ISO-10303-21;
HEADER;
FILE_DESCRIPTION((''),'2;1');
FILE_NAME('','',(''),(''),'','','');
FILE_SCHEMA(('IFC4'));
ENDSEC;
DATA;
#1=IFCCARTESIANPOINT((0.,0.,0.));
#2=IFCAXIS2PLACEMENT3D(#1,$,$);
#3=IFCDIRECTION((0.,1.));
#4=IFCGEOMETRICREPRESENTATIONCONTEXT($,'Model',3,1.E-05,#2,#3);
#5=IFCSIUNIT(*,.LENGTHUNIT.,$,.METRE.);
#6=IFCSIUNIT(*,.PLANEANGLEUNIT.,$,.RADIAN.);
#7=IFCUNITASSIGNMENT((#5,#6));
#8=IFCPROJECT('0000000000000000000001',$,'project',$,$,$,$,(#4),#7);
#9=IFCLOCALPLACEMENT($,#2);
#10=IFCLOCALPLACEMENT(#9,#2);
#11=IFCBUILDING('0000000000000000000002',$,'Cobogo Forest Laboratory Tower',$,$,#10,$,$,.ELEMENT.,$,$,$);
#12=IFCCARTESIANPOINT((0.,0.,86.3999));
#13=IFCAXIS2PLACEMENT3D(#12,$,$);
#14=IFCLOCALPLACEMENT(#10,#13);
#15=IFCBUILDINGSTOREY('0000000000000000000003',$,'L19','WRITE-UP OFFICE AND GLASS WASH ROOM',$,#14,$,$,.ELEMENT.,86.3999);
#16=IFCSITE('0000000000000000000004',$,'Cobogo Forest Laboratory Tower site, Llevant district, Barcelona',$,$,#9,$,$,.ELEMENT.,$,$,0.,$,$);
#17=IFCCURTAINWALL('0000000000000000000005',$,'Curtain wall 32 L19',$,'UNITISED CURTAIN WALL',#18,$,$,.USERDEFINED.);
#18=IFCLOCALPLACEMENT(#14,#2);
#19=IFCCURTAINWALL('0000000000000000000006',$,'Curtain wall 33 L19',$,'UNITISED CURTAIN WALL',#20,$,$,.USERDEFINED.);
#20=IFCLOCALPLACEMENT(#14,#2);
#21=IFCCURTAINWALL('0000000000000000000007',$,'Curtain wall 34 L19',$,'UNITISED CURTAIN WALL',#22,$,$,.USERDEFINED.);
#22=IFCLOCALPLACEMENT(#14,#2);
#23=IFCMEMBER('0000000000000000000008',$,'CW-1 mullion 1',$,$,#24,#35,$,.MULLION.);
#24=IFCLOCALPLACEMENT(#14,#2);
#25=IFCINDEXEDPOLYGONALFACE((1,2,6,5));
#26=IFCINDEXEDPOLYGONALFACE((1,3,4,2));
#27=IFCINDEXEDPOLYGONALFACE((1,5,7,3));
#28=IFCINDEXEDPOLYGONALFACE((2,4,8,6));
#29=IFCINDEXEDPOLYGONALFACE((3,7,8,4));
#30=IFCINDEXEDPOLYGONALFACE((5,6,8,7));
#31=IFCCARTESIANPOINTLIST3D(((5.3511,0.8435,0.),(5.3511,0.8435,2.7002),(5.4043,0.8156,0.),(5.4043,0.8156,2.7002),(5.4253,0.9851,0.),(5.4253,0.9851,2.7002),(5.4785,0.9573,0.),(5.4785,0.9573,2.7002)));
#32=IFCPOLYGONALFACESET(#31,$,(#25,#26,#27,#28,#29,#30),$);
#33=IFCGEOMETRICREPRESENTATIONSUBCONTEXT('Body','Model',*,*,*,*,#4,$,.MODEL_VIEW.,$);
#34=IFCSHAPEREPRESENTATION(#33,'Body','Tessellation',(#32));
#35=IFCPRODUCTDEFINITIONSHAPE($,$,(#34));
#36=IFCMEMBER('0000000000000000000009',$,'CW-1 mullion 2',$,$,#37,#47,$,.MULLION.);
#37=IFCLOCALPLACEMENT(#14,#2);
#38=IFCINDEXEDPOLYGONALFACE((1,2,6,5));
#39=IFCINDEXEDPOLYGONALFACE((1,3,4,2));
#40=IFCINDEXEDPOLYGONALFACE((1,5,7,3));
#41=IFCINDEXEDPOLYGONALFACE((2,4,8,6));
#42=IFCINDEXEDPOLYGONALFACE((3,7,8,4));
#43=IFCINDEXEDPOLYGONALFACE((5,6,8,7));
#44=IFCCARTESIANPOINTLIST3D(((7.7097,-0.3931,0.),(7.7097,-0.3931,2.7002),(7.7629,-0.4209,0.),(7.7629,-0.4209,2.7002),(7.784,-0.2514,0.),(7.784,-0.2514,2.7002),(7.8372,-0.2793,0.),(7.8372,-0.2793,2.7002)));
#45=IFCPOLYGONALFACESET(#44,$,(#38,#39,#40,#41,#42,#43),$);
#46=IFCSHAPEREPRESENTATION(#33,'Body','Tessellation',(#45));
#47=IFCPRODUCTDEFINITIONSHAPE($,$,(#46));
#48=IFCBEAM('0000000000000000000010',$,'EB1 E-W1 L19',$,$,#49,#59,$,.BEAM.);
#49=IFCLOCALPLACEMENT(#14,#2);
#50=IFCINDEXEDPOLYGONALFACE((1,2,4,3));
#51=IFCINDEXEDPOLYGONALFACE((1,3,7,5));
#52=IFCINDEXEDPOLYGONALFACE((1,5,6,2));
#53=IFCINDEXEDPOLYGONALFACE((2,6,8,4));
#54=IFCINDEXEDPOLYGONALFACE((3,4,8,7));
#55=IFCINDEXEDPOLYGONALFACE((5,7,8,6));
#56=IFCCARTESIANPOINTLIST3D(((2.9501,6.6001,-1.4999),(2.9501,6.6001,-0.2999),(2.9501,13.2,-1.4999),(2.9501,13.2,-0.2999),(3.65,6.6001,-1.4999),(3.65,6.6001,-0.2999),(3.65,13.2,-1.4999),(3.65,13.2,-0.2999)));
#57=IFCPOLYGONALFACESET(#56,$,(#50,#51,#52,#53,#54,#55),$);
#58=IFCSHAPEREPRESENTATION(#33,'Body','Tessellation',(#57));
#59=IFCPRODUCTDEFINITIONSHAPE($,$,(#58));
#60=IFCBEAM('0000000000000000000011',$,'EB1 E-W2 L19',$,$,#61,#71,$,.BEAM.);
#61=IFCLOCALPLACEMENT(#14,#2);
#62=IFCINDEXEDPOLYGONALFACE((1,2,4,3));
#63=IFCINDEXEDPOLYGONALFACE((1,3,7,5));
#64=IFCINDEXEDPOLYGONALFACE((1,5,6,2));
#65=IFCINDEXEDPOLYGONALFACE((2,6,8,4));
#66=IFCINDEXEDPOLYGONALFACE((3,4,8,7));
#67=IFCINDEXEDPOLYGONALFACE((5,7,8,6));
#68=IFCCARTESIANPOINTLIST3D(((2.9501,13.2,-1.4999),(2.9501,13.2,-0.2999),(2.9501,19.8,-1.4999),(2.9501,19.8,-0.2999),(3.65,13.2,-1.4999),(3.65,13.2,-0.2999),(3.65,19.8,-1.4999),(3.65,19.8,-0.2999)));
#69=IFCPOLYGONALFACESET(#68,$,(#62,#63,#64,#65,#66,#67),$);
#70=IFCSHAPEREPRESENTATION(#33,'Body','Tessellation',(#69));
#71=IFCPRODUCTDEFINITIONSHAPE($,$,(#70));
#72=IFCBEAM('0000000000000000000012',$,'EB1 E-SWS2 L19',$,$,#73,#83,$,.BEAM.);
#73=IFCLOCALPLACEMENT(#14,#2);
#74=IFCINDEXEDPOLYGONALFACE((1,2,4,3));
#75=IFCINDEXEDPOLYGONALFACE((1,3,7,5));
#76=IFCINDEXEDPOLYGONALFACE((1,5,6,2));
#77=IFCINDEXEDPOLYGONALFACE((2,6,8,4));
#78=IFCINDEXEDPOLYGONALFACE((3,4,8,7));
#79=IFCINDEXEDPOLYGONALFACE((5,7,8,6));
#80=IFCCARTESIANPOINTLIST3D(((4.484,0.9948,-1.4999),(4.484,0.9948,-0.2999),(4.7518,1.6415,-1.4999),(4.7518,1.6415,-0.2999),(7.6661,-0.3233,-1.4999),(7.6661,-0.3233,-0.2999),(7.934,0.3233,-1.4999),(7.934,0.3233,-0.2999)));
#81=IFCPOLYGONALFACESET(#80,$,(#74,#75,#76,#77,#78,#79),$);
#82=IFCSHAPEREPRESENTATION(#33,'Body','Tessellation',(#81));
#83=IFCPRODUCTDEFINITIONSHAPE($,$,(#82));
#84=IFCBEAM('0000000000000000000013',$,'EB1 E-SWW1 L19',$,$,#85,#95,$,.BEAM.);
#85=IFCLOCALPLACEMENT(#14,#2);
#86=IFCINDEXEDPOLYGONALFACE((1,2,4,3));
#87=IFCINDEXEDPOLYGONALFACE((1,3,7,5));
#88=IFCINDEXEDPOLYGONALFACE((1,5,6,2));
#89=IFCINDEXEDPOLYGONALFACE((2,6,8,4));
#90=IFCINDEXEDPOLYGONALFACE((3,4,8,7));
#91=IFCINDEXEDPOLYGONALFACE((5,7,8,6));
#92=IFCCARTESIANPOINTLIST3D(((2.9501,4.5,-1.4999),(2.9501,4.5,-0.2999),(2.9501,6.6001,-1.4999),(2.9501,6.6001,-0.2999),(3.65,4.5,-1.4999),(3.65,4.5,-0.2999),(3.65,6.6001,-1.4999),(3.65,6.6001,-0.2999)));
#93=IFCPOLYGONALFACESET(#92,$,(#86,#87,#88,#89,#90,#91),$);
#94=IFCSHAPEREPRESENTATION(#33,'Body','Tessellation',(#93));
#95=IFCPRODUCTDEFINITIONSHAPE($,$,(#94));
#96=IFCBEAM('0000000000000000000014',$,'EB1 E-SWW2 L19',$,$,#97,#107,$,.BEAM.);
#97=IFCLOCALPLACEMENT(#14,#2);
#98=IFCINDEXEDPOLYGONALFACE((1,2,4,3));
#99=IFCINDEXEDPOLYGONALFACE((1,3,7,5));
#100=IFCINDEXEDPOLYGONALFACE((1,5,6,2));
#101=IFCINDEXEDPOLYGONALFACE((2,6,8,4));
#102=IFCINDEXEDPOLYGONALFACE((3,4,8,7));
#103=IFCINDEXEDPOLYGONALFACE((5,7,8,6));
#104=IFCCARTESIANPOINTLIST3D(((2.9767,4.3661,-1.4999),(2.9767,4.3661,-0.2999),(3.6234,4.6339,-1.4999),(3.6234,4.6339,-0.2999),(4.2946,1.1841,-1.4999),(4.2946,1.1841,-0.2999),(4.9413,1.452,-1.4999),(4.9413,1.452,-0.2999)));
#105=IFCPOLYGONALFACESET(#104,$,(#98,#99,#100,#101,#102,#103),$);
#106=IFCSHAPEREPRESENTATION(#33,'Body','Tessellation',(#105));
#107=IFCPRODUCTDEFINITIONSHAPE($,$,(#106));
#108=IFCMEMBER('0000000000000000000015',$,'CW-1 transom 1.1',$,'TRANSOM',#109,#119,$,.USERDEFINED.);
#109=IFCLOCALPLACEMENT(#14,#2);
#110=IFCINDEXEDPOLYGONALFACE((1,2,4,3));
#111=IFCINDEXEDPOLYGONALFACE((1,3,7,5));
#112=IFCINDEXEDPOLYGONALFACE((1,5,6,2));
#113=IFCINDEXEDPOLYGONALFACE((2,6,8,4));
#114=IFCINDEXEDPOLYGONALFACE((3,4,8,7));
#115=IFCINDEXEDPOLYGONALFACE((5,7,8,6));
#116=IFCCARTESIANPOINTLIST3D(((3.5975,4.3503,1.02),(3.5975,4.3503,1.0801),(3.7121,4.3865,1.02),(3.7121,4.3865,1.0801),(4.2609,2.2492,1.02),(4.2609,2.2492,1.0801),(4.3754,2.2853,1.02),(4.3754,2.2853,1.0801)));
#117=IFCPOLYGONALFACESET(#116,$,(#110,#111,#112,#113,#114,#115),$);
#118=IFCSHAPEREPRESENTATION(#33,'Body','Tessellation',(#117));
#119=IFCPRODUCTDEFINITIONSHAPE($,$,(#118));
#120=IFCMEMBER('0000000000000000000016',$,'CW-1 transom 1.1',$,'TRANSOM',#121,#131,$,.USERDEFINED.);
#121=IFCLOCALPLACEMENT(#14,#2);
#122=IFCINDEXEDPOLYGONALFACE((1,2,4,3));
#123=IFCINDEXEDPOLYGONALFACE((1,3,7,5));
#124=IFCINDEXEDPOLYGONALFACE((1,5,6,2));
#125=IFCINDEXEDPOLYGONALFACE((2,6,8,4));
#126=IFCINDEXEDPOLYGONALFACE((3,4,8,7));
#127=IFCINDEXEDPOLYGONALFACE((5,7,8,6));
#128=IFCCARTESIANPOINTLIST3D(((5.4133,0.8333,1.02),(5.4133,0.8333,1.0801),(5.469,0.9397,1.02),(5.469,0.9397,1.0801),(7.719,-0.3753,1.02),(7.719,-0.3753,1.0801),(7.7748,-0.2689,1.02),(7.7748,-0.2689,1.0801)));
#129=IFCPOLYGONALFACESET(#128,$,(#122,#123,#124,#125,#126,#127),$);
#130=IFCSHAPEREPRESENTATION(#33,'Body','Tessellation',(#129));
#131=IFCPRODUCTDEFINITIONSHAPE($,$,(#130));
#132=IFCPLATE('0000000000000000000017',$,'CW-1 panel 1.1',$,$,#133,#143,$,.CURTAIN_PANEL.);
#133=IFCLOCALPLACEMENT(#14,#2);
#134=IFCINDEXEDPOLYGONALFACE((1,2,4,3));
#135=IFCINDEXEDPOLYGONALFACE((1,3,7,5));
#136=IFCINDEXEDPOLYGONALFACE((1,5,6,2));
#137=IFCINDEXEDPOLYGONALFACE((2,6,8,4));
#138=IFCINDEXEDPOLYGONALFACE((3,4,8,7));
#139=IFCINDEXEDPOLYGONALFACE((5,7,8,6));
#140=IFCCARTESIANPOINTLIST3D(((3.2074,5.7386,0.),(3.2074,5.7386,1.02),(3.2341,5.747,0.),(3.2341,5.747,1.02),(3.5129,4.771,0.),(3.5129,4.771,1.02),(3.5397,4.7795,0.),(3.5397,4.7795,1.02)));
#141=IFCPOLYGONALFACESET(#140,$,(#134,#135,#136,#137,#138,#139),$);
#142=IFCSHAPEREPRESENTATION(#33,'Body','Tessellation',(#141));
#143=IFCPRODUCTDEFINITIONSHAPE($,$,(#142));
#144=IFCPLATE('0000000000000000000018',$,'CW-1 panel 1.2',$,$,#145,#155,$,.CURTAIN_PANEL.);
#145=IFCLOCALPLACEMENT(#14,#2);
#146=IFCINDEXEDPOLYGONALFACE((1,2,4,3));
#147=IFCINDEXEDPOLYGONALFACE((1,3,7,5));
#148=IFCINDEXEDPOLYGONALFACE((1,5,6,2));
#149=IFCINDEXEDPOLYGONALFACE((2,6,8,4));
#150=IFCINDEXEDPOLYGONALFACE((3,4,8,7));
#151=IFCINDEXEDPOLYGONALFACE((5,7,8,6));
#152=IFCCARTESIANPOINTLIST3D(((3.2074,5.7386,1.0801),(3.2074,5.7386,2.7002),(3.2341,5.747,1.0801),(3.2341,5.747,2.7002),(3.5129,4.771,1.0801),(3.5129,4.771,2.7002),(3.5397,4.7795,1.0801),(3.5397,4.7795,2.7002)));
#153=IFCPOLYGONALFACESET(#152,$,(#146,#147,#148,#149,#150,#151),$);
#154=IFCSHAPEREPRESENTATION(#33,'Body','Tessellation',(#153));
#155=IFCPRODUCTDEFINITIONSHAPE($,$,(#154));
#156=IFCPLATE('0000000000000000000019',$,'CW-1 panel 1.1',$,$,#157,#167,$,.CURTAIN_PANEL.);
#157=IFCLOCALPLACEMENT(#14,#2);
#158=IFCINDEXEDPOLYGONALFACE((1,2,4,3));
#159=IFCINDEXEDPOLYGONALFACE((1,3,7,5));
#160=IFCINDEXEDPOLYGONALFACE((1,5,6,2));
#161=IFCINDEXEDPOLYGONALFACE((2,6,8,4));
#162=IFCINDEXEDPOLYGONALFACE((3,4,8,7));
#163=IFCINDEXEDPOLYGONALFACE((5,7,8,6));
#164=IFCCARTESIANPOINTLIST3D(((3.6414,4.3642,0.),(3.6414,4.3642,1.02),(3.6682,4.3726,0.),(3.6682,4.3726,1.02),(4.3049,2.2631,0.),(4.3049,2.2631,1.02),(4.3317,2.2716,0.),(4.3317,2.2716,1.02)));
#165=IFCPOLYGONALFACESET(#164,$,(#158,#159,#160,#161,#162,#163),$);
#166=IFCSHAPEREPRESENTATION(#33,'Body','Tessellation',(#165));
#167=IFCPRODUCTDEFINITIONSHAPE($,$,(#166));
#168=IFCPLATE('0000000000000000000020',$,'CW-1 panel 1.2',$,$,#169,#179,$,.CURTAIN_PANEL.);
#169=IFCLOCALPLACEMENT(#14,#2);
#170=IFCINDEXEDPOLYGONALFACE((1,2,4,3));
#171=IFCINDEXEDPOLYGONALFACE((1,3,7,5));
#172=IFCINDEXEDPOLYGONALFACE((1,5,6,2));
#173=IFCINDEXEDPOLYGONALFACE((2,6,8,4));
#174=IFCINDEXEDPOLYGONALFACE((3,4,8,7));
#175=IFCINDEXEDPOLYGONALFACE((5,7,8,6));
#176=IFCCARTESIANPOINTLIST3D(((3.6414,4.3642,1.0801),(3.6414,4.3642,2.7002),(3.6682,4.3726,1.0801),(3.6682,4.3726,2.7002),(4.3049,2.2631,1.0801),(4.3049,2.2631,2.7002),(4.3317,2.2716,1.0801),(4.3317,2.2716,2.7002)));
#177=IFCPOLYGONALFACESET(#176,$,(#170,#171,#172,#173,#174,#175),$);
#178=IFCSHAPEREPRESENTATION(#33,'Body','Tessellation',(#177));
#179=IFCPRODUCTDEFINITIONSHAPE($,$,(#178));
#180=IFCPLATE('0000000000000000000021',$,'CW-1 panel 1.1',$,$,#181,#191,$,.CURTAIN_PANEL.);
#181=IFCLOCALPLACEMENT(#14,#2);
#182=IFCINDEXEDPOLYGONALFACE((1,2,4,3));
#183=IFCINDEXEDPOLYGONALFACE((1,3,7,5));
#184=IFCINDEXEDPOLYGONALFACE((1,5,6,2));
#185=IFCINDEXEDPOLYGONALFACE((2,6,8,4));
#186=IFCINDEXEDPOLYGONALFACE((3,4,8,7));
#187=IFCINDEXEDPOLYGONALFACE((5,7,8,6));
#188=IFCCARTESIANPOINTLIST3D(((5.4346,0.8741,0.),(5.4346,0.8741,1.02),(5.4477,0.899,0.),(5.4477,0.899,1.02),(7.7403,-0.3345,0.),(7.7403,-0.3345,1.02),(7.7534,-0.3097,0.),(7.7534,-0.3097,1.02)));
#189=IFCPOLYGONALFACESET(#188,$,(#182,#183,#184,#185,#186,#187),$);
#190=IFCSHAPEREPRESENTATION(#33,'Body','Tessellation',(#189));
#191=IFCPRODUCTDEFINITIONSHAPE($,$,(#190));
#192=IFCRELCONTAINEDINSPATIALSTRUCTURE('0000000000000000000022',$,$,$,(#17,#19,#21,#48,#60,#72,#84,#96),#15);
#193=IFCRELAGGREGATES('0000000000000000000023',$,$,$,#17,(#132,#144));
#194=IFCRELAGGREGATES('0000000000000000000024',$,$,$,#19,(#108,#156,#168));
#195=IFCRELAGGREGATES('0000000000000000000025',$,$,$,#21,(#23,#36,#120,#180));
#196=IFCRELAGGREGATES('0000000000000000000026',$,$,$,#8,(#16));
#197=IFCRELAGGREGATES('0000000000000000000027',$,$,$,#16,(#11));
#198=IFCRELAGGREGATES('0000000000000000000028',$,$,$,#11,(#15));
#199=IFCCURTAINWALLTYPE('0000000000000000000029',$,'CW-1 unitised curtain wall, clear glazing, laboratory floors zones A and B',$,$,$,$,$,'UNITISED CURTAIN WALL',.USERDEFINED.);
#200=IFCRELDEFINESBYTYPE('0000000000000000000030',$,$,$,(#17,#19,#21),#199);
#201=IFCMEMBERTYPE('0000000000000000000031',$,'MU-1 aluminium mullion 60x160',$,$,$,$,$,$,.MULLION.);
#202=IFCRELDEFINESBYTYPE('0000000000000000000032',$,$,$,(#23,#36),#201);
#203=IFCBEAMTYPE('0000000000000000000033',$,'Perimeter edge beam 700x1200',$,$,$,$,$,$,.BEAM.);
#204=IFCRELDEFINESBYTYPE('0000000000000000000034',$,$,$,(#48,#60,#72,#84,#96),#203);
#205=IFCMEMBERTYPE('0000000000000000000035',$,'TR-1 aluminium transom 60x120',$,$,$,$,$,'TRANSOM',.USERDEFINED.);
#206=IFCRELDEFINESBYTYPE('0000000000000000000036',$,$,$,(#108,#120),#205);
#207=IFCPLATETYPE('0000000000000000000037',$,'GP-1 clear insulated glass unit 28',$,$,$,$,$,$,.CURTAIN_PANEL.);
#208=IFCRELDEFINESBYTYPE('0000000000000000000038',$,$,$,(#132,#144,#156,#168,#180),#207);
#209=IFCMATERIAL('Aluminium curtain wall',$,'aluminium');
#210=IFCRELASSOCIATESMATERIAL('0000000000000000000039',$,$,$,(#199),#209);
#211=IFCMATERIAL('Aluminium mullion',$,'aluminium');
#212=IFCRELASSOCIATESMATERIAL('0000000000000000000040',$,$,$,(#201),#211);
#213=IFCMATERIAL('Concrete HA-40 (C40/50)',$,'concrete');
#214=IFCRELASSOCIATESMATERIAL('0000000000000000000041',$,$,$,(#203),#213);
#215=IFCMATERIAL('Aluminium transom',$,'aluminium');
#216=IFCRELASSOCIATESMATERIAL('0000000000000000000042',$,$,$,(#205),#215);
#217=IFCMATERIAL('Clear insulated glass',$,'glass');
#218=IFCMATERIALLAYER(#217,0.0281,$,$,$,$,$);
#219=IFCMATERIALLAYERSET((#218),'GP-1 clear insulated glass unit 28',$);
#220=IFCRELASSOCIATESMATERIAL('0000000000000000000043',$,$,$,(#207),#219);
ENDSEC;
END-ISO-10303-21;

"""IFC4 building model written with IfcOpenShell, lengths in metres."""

from ifc_helpers import new_model, si_unit, direction, frame, origin, origin_2d, place, context, subcontext, project, spatial, rectangle, extrude, material, layer, layer_set, material_profile, profile_set, type_object, element, aggregate, save


model = new_model("IFC4")

# Units and contexts
model_context = context("Model", 3, precision=1e-05, world=origin(), true_north=direction((0.0, 1.0)))
body_context = subcontext(model_context, "Body", "Model", "MODEL_VIEW")
ifc_project = project(units=[si_unit("LENGTHUNIT", "METRE"), si_unit("PLANEANGLEUNIT", "RADIAN")], contexts=[model_context])

# Site, building, storey
site_placement = place(None, origin())
site = spatial("IfcSite", under=ifc_project, at=site_placement, Name="Cobogo Forest Laboratory Tower site, Llevant district, Barcelona", CompositionType="ELEMENT", RefElevation=0.0)
building_placement = place(site_placement, origin())
building = spatial("IfcBuilding", under=site, at=building_placement, Name="Cobogo Forest Laboratory Tower", CompositionType="ELEMENT")
storey_placement = place(building_placement, frame((0.0, 0.0, 86.3999)))
storey = spatial("IfcBuildingStorey", under=building, at=storey_placement, Name="L19", Description="WRITE-UP OFFICE AND GLASS WASH ROOM", CompositionType="ELEMENT", Elevation=86.3999)

# Shared definitions
ifc_material_1 = material(Name="Concrete HA-40 (C40/50)", Category="concrete")

# Curtain wall
ifc_material_2 = material(Name="Aluminium curtain wall", Category="aluminium")
curtain_wall_type = type_object("IfcCurtainWallType", Name="CW-1 unitised curtain wall, clear glazing, laboratory floors zones A and B", ElementType="UNITISED CURTAIN WALL", PredefinedType="USERDEFINED", material=ifc_material_2)
ifc_material_3 = material(Name="Aluminium mullion", Category="aluminium")
ifc_material_profile_1 = material_profile(ifc_material_3, rectangle(XDim=0.0601, YDim=0.1599, at=origin_2d()), Name="AL 60x160")
ifc_profile_set_1 = profile_set([ifc_material_profile_1], Name="Aluminium mullion")
member_type_1 = type_object("IfcMemberType", Name="MU-1 aluminium mullion 60x160", PredefinedType="MULLION", material=ifc_profile_set_1)
curtain_wall_1_placement = place(storey_placement, origin())
curtain_wall_1 = element("IfcCurtainWall", 1, at=curtain_wall_1_placement, inside=storey, type_object=curtain_wall_type, Name="Curtain wall 32 L19", ObjectType="UNITISED CURTAIN WALL", PredefinedType="USERDEFINED")

# Curtain walls, members
curtain_wall_2_placement = place(storey_placement, origin())
curtain_wall_2 = element("IfcCurtainWall", 2, at=curtain_wall_2_placement, inside=storey, type_object=curtain_wall_type, Name="Curtain wall 33 L19", ObjectType="UNITISED CURTAIN WALL", PredefinedType="USERDEFINED")
curtain_wall_3_placement = place(storey_placement, origin())
curtain_wall_3 = element("IfcCurtainWall", 3, at=curtain_wall_3_placement, inside=storey, type_object=curtain_wall_type, Name="Curtain wall 34 L19", ObjectType="UNITISED CURTAIN WALL", PredefinedType="USERDEFINED")
member_1_placement = place(storey_placement, frame((5.4148, 0.9004, 0.0), z_axis=(0.0, 0.0, 1.0), x_axis=(0.885687, -0.464284, 0.0)))
member_1 = element("IfcMember", 4, at=member_1_placement, type_object=member_type_1, Name="CW-1 mullion 1", PredefinedType="MULLION", context=body_context, shape_type="SweptSolid", body=[
    extrude(rectangle(XDim=0.0601, YDim=0.1599, at=origin_2d()), origin(), (0.0, 0.0, 1.0), 2.7002),
])
member_2_placement = place(storey_placement, frame((7.7734, -0.3362, 0.0), z_axis=(0.0, 0.0, 1.0), x_axis=(0.885687, -0.464284, 0.0)))
member_2 = element("IfcMember", 5, at=member_2_placement, type_object=member_type_1, Name="CW-1 mullion 2", PredefinedType="MULLION", context=body_context, shape_type="SweptSolid", body=[
    extrude(rectangle(XDim=0.0601, YDim=0.1599, at=origin_2d()), origin(), (0.0, 0.0, 1.0), 2.7002),
])

# Beams
ifc_material_profile_2 = material_profile(ifc_material_1, rectangle(XDim=0.7, YDim=1.2, at=origin_2d()), Name="RC 700x1200")
ifc_profile_set_2 = profile_set([ifc_material_profile_2], Name="Concrete HA-40 (C40/50)")
beam_type_1 = type_object("IfcBeamType", Name="Perimeter edge beam 700x1200", PredefinedType="BEAM", material=ifc_profile_set_2)
beam_1_placement = place(storey_placement, frame((3.3, 6.6001, -0.8999), z_axis=(0.0, 1.0, 0.0), x_axis=(-1.0, 0.0, 0.0)))
element("IfcBeam", 6, at=beam_1_placement, inside=storey, type_object=beam_type_1, Name="EB1 E-W1 L19", PredefinedType="BEAM", context=body_context, shape_type="SweptSolid", body=[
    extrude(rectangle(XDim=0.7, YDim=1.2, at=origin_2d()), origin(), (0.0, 0.0, 1.0), 6.5999),
])
beam_2_placement = place(storey_placement, frame((3.3, 13.2, -0.8999), z_axis=(0.0, 1.0, 0.0), x_axis=(-1.0, 0.0, 0.0)))
element("IfcBeam", 7, at=beam_2_placement, inside=storey, type_object=beam_type_1, Name="EB1 E-W2 L19", PredefinedType="BEAM", context=body_context, shape_type="SweptSolid", body=[
    extrude(rectangle(XDim=0.7, YDim=1.2, at=origin_2d()), origin(), (0.0, 0.0, 1.0), 6.6001),
])
beam_3_placement = place(storey_placement, frame((7.8, 0.0, -0.8999), z_axis=(-0.923876, 0.382692, 0.0), x_axis=(-0.382692, -0.923876, 0.0)))
element("IfcBeam", 8, at=beam_3_placement, inside=storey, type_object=beam_type_1, Name="EB1 E-SWS2 L19", PredefinedType="BEAM", context=body_context, shape_type="SweptSolid", body=[
    extrude(rectangle(XDim=0.7, YDim=1.2, at=origin_2d()), origin(), (0.0, 0.0, 1.0), 3.4443),
])
beam_4_placement = place(storey_placement, frame((3.3, 6.6001, -0.8999), z_axis=(0.0, -1.0, 0.0), x_axis=(1.0, 0.0, 0.0)))
element("IfcBeam", 9, at=beam_4_placement, inside=storey, type_object=beam_type_1, Name="EB1 E-SWW1 L19", PredefinedType="BEAM", context=body_context, shape_type="SweptSolid", body=[
    extrude(rectangle(XDim=0.7, YDim=1.2, at=origin_2d()), origin(), (0.0, 0.0, 1.0), 2.1001),
])
beam_5_placement = place(storey_placement, frame((3.3, 4.5, -0.8999), z_axis=(0.382656, -0.923891, 0.0), x_axis=(0.923891, 0.382656, 0.0)))
element("IfcBeam", 10, at=beam_5_placement, inside=storey, type_object=beam_type_1, Name="EB1 E-SWW2 L19", PredefinedType="BEAM", context=body_context, shape_type="SweptSolid", body=[
    extrude(rectangle(XDim=0.7, YDim=1.2, at=origin_2d()), origin(), (0.0, 0.0, 1.0), 3.4441),
])

# Members
ifc_material_4 = material(Name="Aluminium transom", Category="aluminium")
ifc_material_profile_3 = material_profile(ifc_material_4, rectangle(XDim=0.1201, YDim=0.0601, at=origin_2d()), Name="AL 60x120")
ifc_profile_set_3 = profile_set([ifc_material_profile_3], Name="Aluminium transom")
member_type_2 = type_object("IfcMemberType", Name="TR-1 aluminium transom 60x120", ElementType="TRANSOM", PredefinedType="USERDEFINED", material=ifc_profile_set_3)
member_3_placement = place(storey_placement, frame((3.6548, 4.3684, 1.05), z_axis=(0.301062, -0.953604, 0.0), x_axis=(0.953604, 0.301062, 0.0)))
member_3 = element("IfcMember", 11, at=member_3_placement, type_object=member_type_2, Name="CW-1 transom 1.1", ObjectType="TRANSOM", PredefinedType="USERDEFINED", context=body_context, shape_type="SweptSolid", body=[
    extrude(rectangle(XDim=0.1201, YDim=0.0601, at=origin_2d()), origin(), (0.0, 0.0, 1.0), 2.2034),
])
member_4_placement = place(storey_placement, frame((5.4412, 0.8865, 1.05), z_axis=(0.88571, -0.464238, 0.0), x_axis=(0.464238, 0.88571, 0.0)))
member_4 = element("IfcMember", 12, at=member_4_placement, type_object=member_type_2, Name="CW-1 transom 1.1", ObjectType="TRANSOM", PredefinedType="USERDEFINED", context=body_context, shape_type="SweptSolid", body=[
    extrude(rectangle(XDim=0.1201, YDim=0.0601, at=origin_2d()), origin(), (0.0, 0.0, 1.0), 2.6033),
])

# Plates
ifc_material_5 = material(Name="Clear insulated glass", Category="glass")
ifc_layer_1 = layer(ifc_material_5, 0.0281)
ifc_layer_set_1 = layer_set([ifc_layer_1], Name="GP-1 clear insulated glass unit 28")
plate_type = type_object("IfcPlateType", Name="GP-1 clear insulated glass unit 28", PredefinedType="CURTAIN_PANEL", material=ifc_layer_set_1)
plate_1_placement = place(storey_placement, frame((3.3735, 5.259, 0.0), z_axis=(0.0, 0.0, 1.0), x_axis=(0.301136, -0.953581, 0.0)))
plate_1 = element("IfcPlate", 13, at=plate_1_placement, type_object=plate_type, Name="CW-1 panel 1.1", PredefinedType="CURTAIN_PANEL", context=body_context, shape_type="SweptSolid", body=[
    extrude(rectangle(XDim=1.0146, YDim=0.0281, at=origin_2d()), origin(), (0.0, 0.0, 1.0), 1.02),
])
plate_2_placement = place(storey_placement, frame((3.3735, 5.259, 1.0801), z_axis=(0.0, 0.0, 1.0), x_axis=(0.301136, -0.953581, 0.0)))
plate_2 = element("IfcPlate", 14, at=plate_2_placement, type_object=plate_type, Name="CW-1 panel 1.2", PredefinedType="CURTAIN_PANEL", context=body_context, shape_type="SweptSolid", body=[
    extrude(rectangle(XDim=1.0146, YDim=0.0281, at=origin_2d()), origin(), (0.0, 0.0, 1.0), 1.6201),
])
aggregate(curtain_wall_1, [plate_1, plate_2])
plate_3_placement = place(storey_placement, frame((3.9866, 3.3179, 0.0), z_axis=(0.0, 0.0, 1.0), x_axis=(0.301135, -0.953581, 0.0)))
plate_3 = element("IfcPlate", 15, at=plate_3_placement, type_object=plate_type, Name="CW-1 panel 1.1", PredefinedType="CURTAIN_PANEL", context=body_context, shape_type="SweptSolid", body=[
    extrude(rectangle(XDim=2.2034, YDim=0.0281, at=origin_2d()), origin(), (0.0, 0.0, 1.0), 1.02),
])
plate_4_placement = place(storey_placement, frame((3.9866, 3.3179, 1.0801), z_axis=(0.0, 0.0, 1.0), x_axis=(0.301135, -0.953581, 0.0)))
plate_4 = element("IfcPlate", 16, at=plate_4_placement, type_object=plate_type, Name="CW-1 panel 1.2", PredefinedType="CURTAIN_PANEL", context=body_context, shape_type="SweptSolid", body=[
    extrude(rectangle(XDim=2.2034, YDim=0.0281, at=origin_2d()), origin(), (0.0, 0.0, 1.0), 1.6201),
])
aggregate(curtain_wall_2, [member_3, plate_3, plate_4])
plate_5_placement = place(storey_placement, frame((6.594, 0.2822, 0.0), z_axis=(0.0, 0.0, 1.0), x_axis=(0.885687, -0.464284, 0.0)))
plate_5 = element("IfcPlate", 17, at=plate_5_placement, type_object=plate_type, Name="CW-1 panel 1.1", PredefinedType="CURTAIN_PANEL", context=body_context, shape_type="SweptSolid", body=[
    extrude(rectangle(XDim=2.6033, YDim=0.0281, at=origin_2d()), origin(), (0.0, 0.0, 1.0), 1.02),
])
aggregate(curtain_wall_3, [member_1, member_2, member_4, plate_5])

save(model, "model.ifc")
